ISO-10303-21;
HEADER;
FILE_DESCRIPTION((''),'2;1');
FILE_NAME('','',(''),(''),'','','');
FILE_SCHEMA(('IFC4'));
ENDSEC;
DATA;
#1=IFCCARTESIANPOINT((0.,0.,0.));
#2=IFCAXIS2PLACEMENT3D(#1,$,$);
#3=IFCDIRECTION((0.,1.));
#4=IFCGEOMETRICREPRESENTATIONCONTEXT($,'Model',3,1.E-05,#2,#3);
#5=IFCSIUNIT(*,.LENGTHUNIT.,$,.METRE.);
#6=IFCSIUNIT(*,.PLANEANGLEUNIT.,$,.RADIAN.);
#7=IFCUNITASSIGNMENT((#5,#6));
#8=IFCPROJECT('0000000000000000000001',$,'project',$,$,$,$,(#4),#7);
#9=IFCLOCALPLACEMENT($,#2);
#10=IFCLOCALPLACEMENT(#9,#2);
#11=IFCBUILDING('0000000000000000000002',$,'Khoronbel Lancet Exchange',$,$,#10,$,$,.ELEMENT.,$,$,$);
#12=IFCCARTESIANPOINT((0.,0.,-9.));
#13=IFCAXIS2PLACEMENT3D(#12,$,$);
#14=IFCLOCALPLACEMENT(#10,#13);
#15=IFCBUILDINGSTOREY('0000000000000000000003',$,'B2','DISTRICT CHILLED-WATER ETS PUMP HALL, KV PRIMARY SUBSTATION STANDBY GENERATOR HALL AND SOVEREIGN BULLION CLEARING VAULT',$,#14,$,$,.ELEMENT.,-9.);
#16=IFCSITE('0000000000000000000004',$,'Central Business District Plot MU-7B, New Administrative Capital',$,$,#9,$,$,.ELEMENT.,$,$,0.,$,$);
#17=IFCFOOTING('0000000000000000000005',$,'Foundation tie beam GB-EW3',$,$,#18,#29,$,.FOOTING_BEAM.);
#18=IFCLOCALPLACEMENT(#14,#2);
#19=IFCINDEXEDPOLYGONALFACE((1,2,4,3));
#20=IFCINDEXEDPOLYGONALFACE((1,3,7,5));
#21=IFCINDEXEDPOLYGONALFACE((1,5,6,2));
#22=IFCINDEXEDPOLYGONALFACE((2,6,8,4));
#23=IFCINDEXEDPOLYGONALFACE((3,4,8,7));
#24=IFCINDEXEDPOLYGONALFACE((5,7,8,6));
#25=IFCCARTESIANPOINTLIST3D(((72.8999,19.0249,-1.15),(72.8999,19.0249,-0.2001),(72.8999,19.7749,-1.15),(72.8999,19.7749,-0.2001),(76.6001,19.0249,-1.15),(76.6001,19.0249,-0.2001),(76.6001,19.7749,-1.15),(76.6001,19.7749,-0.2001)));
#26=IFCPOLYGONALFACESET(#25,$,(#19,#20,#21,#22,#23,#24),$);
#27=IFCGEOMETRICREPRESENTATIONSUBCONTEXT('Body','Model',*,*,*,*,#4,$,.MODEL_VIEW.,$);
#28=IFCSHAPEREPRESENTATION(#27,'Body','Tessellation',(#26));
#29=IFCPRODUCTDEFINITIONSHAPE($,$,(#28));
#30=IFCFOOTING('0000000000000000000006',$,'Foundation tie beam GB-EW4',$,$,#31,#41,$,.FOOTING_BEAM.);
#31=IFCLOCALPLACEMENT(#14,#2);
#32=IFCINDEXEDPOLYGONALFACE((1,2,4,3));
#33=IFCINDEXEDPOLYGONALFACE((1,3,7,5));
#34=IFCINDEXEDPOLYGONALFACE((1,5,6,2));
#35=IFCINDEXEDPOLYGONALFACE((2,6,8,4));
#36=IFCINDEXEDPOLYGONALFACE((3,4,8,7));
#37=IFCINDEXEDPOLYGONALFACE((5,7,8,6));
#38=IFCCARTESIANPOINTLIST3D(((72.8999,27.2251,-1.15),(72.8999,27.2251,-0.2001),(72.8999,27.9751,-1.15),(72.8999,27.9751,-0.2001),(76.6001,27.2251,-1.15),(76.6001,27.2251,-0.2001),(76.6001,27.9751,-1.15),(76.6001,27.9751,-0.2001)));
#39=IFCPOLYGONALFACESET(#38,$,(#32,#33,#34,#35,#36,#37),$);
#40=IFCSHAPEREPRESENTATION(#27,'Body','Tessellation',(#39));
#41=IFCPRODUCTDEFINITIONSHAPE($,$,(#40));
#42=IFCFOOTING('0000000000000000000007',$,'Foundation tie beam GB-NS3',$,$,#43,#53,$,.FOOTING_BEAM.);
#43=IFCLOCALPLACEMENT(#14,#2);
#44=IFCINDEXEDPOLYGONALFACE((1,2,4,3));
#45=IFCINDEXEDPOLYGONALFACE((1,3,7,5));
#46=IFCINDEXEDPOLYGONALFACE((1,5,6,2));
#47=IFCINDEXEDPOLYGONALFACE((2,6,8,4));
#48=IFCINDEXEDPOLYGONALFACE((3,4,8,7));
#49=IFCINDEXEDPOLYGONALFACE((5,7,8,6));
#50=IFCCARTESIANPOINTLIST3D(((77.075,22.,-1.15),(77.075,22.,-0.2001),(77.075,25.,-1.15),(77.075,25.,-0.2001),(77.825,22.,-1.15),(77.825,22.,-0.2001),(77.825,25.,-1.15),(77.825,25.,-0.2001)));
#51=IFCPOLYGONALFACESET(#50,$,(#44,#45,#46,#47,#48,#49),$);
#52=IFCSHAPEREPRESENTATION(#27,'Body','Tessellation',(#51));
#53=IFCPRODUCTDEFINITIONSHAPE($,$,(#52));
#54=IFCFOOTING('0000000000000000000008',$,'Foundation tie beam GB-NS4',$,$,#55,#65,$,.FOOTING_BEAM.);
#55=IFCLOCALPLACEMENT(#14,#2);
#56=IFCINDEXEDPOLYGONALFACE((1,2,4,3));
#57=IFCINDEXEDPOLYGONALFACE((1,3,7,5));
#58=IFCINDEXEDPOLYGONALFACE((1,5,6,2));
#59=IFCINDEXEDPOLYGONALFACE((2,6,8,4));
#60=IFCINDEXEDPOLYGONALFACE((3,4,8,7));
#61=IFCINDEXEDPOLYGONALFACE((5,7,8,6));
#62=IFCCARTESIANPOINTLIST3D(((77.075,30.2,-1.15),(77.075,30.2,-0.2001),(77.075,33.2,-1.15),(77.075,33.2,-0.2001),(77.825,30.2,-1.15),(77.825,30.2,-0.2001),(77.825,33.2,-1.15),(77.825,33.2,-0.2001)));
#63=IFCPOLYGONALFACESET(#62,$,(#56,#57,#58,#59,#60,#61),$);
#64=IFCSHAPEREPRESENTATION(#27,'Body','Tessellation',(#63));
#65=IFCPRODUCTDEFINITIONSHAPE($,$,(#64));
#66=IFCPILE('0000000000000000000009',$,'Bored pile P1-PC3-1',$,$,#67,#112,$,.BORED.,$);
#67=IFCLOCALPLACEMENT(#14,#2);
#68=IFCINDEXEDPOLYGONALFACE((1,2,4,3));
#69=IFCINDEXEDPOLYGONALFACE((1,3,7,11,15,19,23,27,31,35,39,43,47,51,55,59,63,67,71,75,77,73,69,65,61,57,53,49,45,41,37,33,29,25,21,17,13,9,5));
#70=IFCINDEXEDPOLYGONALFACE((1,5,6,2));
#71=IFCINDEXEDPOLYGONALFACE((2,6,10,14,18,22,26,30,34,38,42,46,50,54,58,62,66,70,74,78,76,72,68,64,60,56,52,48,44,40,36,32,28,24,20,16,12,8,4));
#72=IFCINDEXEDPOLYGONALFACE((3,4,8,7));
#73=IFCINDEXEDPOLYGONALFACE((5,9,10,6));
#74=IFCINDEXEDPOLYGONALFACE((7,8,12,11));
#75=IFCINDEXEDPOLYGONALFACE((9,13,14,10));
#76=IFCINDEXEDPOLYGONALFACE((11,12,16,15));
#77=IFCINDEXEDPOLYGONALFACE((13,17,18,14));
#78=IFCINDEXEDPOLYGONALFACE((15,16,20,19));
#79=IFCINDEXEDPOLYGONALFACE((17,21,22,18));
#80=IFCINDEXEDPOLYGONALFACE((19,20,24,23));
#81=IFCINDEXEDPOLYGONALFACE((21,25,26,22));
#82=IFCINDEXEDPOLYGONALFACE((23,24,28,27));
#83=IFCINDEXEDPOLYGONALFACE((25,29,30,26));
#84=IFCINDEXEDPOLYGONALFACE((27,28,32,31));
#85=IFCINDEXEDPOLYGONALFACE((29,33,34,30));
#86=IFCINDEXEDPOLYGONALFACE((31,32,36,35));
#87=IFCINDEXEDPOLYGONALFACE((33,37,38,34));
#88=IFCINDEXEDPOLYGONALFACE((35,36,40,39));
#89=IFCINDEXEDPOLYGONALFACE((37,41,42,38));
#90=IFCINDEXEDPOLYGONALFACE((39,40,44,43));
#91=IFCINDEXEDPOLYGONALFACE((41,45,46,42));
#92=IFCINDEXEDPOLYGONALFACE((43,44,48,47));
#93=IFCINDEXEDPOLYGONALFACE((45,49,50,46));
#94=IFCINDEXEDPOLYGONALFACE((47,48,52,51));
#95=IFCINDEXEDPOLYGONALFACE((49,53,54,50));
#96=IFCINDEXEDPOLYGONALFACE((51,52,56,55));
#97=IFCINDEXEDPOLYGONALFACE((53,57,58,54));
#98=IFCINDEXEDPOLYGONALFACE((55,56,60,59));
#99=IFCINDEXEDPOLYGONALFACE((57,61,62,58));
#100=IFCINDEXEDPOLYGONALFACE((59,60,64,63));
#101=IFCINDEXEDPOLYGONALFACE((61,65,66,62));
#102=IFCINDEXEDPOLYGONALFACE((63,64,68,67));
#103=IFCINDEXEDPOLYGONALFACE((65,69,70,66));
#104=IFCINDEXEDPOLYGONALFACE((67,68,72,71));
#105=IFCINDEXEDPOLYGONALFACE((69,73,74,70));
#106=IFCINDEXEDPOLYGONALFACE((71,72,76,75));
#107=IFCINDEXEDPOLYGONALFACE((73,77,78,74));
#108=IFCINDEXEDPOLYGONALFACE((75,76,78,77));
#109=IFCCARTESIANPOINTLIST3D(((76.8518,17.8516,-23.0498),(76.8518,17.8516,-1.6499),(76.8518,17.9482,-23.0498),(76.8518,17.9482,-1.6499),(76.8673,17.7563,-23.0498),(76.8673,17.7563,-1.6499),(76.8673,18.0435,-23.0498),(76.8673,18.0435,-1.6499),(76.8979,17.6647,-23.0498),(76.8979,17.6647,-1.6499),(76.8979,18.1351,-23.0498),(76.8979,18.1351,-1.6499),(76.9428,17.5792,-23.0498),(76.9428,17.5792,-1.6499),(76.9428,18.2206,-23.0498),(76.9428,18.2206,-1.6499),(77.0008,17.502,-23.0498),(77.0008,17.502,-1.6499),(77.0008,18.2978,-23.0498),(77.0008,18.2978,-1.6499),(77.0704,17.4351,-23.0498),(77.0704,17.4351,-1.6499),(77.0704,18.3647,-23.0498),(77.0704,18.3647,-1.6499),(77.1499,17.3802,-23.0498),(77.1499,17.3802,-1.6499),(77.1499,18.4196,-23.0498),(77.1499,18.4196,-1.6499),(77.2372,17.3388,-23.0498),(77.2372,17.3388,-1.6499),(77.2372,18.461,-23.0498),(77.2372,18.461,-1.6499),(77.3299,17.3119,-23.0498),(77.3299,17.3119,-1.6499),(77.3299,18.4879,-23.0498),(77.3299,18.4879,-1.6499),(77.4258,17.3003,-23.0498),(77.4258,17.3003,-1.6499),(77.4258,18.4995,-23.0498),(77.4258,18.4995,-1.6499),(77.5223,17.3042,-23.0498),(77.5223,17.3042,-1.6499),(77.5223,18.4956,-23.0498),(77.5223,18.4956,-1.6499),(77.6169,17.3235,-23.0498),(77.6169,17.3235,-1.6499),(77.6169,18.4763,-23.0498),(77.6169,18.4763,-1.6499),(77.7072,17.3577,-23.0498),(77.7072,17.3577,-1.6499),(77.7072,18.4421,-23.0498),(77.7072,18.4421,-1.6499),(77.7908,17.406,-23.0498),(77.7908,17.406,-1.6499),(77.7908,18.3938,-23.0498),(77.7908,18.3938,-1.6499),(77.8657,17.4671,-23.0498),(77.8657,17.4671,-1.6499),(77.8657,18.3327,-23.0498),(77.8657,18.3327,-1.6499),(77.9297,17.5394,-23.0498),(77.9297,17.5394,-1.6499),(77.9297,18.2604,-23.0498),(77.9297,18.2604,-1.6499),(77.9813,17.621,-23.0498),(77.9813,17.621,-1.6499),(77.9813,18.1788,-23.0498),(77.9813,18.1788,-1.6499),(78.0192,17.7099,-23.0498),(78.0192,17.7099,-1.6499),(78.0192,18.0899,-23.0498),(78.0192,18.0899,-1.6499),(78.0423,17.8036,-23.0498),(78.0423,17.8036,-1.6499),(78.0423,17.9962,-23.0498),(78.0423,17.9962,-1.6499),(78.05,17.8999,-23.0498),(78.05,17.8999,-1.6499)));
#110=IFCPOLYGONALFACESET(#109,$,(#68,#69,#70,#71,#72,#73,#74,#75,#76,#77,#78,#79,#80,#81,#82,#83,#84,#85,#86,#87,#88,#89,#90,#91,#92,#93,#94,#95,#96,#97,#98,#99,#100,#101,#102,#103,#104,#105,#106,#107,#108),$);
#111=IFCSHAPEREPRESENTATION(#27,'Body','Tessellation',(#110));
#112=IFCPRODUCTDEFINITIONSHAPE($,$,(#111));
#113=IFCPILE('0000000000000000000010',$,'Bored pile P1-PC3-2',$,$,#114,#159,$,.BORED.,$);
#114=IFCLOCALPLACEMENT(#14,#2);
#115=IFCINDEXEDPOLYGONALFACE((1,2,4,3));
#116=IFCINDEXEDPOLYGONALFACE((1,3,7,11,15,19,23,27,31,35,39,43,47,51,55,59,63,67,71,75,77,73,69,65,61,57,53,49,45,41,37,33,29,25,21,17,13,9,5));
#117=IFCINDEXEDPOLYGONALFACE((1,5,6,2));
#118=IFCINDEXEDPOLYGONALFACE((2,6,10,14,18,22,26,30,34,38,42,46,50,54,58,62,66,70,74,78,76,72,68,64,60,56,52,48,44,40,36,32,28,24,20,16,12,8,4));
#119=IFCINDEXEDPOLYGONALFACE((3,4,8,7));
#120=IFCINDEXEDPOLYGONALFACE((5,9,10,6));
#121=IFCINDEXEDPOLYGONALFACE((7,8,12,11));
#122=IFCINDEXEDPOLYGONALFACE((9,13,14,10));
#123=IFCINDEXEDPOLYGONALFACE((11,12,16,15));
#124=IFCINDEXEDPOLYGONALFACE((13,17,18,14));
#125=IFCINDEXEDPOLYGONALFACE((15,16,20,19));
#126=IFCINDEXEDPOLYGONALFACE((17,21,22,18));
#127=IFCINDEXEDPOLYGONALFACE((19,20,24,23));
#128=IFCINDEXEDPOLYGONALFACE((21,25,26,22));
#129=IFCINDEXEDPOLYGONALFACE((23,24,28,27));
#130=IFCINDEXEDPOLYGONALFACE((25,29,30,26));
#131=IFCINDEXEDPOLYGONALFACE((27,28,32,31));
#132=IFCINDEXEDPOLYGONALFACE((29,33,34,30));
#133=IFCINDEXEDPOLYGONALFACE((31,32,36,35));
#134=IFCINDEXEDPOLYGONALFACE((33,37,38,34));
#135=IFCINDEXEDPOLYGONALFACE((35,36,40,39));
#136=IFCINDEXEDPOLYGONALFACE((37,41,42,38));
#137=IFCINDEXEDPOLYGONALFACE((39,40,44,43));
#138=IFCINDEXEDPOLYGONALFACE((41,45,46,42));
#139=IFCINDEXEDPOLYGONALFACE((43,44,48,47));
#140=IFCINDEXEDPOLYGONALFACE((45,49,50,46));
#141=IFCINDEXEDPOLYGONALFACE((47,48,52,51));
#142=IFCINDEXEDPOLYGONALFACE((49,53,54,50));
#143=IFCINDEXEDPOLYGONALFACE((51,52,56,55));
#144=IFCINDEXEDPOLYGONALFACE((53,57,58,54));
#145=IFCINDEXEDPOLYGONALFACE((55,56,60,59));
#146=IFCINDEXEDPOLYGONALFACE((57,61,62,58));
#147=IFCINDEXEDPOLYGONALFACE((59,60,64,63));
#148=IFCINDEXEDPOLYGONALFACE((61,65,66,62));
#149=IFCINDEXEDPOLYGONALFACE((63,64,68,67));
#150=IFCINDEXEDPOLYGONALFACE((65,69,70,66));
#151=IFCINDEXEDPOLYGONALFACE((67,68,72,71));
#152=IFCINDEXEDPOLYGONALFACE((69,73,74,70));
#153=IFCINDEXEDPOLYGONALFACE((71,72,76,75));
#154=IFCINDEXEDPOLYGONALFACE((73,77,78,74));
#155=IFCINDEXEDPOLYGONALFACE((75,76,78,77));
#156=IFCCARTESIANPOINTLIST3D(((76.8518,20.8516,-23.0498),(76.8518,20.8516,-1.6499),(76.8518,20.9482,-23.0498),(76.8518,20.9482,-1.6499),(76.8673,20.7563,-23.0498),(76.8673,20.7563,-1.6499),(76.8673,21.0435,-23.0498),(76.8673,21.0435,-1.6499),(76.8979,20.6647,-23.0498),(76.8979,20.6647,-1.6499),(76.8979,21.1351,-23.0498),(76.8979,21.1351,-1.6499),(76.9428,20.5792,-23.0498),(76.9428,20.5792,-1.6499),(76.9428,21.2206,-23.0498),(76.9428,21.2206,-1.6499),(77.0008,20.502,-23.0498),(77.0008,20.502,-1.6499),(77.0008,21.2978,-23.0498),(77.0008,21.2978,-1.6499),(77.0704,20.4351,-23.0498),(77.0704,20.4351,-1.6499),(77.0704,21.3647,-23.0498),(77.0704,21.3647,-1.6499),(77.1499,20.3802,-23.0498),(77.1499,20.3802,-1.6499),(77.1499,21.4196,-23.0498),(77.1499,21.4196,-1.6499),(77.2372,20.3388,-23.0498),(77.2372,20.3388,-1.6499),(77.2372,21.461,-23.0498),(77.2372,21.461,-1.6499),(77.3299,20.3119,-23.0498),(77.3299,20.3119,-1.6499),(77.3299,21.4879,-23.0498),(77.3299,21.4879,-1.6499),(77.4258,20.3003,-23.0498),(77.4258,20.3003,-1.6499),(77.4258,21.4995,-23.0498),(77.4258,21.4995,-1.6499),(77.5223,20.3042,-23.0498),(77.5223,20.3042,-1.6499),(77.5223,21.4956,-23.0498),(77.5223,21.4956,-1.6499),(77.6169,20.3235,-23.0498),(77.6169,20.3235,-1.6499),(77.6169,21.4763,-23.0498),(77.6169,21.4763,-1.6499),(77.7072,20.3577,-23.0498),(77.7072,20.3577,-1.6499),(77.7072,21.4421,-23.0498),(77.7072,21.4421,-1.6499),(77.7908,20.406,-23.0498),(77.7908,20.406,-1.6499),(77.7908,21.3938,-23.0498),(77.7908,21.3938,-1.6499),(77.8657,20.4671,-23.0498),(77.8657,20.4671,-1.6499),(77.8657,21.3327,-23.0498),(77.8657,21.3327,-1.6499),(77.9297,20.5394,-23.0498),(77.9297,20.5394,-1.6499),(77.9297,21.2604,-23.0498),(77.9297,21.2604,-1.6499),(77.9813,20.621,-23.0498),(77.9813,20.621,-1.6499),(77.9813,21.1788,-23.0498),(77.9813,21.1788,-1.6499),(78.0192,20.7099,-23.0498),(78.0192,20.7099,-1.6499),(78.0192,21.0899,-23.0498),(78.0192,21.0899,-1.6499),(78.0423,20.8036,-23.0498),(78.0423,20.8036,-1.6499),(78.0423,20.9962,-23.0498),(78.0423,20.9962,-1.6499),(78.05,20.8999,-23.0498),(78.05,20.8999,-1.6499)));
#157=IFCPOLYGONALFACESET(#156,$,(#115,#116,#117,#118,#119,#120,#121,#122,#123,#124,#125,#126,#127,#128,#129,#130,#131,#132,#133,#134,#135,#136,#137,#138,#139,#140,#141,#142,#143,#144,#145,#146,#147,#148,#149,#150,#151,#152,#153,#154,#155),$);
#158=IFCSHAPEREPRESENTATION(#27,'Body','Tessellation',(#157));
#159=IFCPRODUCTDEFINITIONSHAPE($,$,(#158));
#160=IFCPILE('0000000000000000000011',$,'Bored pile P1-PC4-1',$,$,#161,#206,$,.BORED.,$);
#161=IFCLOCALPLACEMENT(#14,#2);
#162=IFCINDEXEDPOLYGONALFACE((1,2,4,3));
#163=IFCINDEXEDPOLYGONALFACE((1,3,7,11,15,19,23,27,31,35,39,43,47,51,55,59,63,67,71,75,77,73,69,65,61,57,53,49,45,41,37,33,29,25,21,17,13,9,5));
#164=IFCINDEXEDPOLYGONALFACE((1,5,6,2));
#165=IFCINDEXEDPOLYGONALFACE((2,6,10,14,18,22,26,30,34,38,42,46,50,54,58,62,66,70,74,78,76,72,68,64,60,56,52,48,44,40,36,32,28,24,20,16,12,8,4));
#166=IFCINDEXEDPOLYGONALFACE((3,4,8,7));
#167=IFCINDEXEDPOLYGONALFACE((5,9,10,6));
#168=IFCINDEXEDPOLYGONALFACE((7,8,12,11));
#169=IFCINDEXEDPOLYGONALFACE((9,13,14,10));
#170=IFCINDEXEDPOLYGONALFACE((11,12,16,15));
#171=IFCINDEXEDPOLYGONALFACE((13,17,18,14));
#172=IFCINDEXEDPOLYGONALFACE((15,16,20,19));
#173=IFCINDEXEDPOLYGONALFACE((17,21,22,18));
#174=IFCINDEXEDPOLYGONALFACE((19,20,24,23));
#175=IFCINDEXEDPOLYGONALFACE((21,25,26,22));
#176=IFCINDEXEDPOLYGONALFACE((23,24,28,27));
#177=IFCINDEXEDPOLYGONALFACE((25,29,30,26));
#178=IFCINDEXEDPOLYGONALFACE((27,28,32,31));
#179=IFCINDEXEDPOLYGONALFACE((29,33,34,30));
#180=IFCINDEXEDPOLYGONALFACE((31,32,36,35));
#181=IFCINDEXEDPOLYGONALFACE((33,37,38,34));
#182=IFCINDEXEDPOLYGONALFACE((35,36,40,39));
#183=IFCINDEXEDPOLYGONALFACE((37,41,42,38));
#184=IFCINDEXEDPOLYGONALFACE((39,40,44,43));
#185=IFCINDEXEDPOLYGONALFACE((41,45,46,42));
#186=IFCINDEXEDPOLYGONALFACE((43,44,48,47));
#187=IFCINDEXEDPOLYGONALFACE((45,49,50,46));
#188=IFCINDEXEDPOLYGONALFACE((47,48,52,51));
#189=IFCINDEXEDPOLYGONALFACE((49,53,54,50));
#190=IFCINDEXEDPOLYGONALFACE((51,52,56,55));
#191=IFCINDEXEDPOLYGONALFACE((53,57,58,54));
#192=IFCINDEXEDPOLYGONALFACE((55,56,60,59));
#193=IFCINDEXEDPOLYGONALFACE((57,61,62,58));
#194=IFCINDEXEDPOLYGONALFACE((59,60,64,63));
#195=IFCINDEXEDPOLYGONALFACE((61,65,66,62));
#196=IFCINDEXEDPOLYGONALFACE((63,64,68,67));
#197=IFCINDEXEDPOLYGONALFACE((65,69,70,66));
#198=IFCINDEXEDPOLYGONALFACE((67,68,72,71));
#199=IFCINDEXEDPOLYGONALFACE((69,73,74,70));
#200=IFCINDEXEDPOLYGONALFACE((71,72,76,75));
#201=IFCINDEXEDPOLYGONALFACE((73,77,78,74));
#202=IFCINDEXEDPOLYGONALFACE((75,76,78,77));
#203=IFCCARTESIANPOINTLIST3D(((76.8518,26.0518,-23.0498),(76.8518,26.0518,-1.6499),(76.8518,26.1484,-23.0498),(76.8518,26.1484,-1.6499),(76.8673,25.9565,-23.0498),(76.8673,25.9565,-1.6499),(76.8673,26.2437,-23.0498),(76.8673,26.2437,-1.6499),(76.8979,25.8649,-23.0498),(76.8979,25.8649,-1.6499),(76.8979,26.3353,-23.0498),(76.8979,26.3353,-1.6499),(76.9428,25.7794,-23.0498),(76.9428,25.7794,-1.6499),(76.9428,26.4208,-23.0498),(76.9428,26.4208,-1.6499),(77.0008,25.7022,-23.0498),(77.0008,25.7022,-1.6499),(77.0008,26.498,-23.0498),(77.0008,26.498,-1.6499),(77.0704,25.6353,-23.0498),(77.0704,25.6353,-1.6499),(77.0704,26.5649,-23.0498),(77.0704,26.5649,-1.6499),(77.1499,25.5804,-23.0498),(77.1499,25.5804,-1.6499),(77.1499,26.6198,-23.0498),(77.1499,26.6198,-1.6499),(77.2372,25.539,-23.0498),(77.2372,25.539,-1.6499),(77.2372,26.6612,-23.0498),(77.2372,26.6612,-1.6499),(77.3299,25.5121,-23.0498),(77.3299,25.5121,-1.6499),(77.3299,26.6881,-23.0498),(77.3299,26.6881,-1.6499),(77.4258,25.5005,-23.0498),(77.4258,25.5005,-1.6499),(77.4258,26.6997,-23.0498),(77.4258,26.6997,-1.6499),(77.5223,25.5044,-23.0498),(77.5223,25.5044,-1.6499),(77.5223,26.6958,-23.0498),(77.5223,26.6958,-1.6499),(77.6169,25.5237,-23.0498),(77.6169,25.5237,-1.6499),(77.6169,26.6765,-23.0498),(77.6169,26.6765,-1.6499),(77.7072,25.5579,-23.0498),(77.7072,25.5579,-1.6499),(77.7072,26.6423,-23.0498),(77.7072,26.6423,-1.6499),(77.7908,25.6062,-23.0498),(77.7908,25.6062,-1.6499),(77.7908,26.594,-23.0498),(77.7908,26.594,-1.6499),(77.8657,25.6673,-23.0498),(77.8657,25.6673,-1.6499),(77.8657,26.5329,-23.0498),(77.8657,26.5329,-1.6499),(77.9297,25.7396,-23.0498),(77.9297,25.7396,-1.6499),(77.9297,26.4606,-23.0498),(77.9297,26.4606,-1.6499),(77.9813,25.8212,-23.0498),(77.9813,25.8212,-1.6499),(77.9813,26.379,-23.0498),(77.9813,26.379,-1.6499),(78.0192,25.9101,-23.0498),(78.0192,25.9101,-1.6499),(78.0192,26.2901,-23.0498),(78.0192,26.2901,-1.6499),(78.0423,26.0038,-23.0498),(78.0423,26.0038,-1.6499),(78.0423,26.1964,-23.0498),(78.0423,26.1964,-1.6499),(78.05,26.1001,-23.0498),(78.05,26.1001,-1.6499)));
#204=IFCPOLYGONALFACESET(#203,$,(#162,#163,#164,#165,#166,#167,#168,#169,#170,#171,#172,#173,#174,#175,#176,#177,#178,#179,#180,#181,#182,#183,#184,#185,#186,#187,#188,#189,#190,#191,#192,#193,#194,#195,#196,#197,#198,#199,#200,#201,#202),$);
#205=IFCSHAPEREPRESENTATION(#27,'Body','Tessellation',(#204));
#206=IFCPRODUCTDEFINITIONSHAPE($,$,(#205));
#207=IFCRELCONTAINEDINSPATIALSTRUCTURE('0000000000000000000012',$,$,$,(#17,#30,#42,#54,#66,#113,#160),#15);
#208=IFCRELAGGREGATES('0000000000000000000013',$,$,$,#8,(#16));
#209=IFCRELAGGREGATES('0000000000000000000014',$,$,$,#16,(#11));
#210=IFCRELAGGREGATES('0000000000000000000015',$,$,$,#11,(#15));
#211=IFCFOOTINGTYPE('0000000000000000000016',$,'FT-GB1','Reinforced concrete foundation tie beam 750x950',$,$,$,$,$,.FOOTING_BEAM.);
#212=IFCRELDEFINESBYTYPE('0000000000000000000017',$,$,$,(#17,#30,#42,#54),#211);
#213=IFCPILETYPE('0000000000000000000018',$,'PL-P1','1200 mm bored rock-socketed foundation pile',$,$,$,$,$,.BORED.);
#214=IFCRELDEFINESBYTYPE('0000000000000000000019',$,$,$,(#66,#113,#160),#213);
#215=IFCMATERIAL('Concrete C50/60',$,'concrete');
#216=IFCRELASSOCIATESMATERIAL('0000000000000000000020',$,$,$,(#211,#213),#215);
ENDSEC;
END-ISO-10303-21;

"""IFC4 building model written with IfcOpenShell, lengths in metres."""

from ifc_helpers import new_model, si_unit, direction, frame, origin, origin_2d, place, context, subcontext, project, spatial, rectangle, circle, extrude, material, material_profile, profile_set, type_object, element, save


model = new_model("IFC4")

# Units and contexts
model_context = context("Model", 3, precision=1e-05, world=origin(), true_north=direction((0.0, 1.0)))
body_context = subcontext(model_context, "Body", "Model", "MODEL_VIEW")
ifc_project = project(units=[si_unit("LENGTHUNIT", "METRE"), si_unit("PLANEANGLEUNIT", "RADIAN")], contexts=[model_context])

# Site, building, storey
site_placement = place(None, origin())
site = spatial("IfcSite", under=ifc_project, at=site_placement, Name="Central Business District Plot MU-7B, New Administrative Capital", CompositionType="ELEMENT", RefElevation=0.0)
building_placement = place(site_placement, origin())
building = spatial("IfcBuilding", under=site, at=building_placement, Name="Khoronbel Lancet Exchange", CompositionType="ELEMENT")
storey_placement = place(building_placement, frame((0.0, 0.0, -9.0)))
storey = spatial("IfcBuildingStorey", under=building, at=storey_placement, Name="B2", Description="DISTRICT CHILLED-WATER ETS PUMP HALL, KV PRIMARY SUBSTATION STANDBY GENERATOR HALL AND SOVEREIGN BULLION CLEARING VAULT", CompositionType="ELEMENT", Elevation=-9.0)

# Footings
ifc_material_1 = material(Name="Concrete C50/60", Category="concrete")
ifc_material_profile_1 = material_profile(ifc_material_1, rectangle(XDim=0.75, YDim=0.95, at=origin_2d()), Name="RC 750x950")
ifc_profile_set_1 = profile_set([ifc_material_profile_1], Name="Concrete C50/60")
footing_type = type_object("IfcFootingType", Name="FT-GB1", Description="Reinforced concrete foundation tie beam 750x950", PredefinedType="FOOTING_BEAM", material=ifc_profile_set_1)
for number, where, z_axis, x_axis, name in (
    (1, (72.8999, 19.3999, -0.675), (1.0, 0.0, 0.0), (0.0, 1.0, 0.0), "Foundation tie beam GB-EW3"),
    (2, (72.8999, 27.6001, -0.675), (1.0, 0.0, 0.0), (0.0, 1.0, 0.0), "Foundation tie beam GB-EW4"),
):
    element("IfcFooting", number, at=place(storey_placement, frame(where, z_axis=z_axis, x_axis=x_axis)), inside=storey, type_object=footing_type, Name=name, PredefinedType="FOOTING_BEAM", context=body_context, shape_type="SweptSolid", body=[
        extrude(rectangle(XDim=0.75, YDim=0.95, at=origin_2d()), origin(), (0.0, 0.0, 1.0), 3.7002),
    ])
for number, where, z_axis, x_axis, name in (
    (3, (77.45, 22.0, -0.675), (0.0, 1.0, 0.0), (-1.0, 0.0, 0.0), "Foundation tie beam GB-NS3"),
    (4, (77.45, 30.2, -0.675), (0.0, 1.0, 0.0), (-1.0, 0.0, 0.0), "Foundation tie beam GB-NS4"),
):
    element("IfcFooting", number, at=place(storey_placement, frame(where, z_axis=z_axis, x_axis=x_axis)), inside=storey, type_object=footing_type, Name=name, PredefinedType="FOOTING_BEAM", context=body_context, shape_type="SweptSolid", body=[
        extrude(rectangle(XDim=0.75, YDim=0.95, at=origin_2d()), origin(), (0.0, 0.0, 1.0), 3.0),
    ])

# Piles
ifc_material_profile_2 = material_profile(ifc_material_1, circle(Radius=0.6001, at=origin_2d()), Name="BORED PILE D1200")
ifc_profile_set_2 = profile_set([ifc_material_profile_2], Name="Concrete C50/60")
pile_type_1 = type_object("IfcPileType", Name="PL-P1", Description="1200 mm bored rock-socketed foundation pile", PredefinedType="BORED", material=ifc_profile_set_2)
for number, where, z_axis, x_axis, name in (
    (5, (77.45, 17.8999, -1.6499), (0.0, 0.0, -1.0), (1.0, 0.0, 0.0), "Bored pile P1-PC3-1"),
    (6, (77.45, 20.8999, -1.6499), (0.0, 0.0, -1.0), (1.0, 0.0, 0.0), "Bored pile P1-PC3-2"),
    (7, (77.45, 26.1001, -1.6499), (0.0, 0.0, -1.0), (1.0, 0.0, 0.0), "Bored pile P1-PC4-1"),
):
    element("IfcPile", number, at=place(storey_placement, frame(where, z_axis=z_axis, x_axis=x_axis)), inside=storey, type_object=pile_type_1, Name=name, PredefinedType="BORED", context=body_context, shape_type="SweptSolid", body=[
        extrude(circle(Radius=0.6001, at=origin_2d()), origin(), (0.0, 0.0, 1.0), 21.3999),
    ])

save(model, "model.ifc")
